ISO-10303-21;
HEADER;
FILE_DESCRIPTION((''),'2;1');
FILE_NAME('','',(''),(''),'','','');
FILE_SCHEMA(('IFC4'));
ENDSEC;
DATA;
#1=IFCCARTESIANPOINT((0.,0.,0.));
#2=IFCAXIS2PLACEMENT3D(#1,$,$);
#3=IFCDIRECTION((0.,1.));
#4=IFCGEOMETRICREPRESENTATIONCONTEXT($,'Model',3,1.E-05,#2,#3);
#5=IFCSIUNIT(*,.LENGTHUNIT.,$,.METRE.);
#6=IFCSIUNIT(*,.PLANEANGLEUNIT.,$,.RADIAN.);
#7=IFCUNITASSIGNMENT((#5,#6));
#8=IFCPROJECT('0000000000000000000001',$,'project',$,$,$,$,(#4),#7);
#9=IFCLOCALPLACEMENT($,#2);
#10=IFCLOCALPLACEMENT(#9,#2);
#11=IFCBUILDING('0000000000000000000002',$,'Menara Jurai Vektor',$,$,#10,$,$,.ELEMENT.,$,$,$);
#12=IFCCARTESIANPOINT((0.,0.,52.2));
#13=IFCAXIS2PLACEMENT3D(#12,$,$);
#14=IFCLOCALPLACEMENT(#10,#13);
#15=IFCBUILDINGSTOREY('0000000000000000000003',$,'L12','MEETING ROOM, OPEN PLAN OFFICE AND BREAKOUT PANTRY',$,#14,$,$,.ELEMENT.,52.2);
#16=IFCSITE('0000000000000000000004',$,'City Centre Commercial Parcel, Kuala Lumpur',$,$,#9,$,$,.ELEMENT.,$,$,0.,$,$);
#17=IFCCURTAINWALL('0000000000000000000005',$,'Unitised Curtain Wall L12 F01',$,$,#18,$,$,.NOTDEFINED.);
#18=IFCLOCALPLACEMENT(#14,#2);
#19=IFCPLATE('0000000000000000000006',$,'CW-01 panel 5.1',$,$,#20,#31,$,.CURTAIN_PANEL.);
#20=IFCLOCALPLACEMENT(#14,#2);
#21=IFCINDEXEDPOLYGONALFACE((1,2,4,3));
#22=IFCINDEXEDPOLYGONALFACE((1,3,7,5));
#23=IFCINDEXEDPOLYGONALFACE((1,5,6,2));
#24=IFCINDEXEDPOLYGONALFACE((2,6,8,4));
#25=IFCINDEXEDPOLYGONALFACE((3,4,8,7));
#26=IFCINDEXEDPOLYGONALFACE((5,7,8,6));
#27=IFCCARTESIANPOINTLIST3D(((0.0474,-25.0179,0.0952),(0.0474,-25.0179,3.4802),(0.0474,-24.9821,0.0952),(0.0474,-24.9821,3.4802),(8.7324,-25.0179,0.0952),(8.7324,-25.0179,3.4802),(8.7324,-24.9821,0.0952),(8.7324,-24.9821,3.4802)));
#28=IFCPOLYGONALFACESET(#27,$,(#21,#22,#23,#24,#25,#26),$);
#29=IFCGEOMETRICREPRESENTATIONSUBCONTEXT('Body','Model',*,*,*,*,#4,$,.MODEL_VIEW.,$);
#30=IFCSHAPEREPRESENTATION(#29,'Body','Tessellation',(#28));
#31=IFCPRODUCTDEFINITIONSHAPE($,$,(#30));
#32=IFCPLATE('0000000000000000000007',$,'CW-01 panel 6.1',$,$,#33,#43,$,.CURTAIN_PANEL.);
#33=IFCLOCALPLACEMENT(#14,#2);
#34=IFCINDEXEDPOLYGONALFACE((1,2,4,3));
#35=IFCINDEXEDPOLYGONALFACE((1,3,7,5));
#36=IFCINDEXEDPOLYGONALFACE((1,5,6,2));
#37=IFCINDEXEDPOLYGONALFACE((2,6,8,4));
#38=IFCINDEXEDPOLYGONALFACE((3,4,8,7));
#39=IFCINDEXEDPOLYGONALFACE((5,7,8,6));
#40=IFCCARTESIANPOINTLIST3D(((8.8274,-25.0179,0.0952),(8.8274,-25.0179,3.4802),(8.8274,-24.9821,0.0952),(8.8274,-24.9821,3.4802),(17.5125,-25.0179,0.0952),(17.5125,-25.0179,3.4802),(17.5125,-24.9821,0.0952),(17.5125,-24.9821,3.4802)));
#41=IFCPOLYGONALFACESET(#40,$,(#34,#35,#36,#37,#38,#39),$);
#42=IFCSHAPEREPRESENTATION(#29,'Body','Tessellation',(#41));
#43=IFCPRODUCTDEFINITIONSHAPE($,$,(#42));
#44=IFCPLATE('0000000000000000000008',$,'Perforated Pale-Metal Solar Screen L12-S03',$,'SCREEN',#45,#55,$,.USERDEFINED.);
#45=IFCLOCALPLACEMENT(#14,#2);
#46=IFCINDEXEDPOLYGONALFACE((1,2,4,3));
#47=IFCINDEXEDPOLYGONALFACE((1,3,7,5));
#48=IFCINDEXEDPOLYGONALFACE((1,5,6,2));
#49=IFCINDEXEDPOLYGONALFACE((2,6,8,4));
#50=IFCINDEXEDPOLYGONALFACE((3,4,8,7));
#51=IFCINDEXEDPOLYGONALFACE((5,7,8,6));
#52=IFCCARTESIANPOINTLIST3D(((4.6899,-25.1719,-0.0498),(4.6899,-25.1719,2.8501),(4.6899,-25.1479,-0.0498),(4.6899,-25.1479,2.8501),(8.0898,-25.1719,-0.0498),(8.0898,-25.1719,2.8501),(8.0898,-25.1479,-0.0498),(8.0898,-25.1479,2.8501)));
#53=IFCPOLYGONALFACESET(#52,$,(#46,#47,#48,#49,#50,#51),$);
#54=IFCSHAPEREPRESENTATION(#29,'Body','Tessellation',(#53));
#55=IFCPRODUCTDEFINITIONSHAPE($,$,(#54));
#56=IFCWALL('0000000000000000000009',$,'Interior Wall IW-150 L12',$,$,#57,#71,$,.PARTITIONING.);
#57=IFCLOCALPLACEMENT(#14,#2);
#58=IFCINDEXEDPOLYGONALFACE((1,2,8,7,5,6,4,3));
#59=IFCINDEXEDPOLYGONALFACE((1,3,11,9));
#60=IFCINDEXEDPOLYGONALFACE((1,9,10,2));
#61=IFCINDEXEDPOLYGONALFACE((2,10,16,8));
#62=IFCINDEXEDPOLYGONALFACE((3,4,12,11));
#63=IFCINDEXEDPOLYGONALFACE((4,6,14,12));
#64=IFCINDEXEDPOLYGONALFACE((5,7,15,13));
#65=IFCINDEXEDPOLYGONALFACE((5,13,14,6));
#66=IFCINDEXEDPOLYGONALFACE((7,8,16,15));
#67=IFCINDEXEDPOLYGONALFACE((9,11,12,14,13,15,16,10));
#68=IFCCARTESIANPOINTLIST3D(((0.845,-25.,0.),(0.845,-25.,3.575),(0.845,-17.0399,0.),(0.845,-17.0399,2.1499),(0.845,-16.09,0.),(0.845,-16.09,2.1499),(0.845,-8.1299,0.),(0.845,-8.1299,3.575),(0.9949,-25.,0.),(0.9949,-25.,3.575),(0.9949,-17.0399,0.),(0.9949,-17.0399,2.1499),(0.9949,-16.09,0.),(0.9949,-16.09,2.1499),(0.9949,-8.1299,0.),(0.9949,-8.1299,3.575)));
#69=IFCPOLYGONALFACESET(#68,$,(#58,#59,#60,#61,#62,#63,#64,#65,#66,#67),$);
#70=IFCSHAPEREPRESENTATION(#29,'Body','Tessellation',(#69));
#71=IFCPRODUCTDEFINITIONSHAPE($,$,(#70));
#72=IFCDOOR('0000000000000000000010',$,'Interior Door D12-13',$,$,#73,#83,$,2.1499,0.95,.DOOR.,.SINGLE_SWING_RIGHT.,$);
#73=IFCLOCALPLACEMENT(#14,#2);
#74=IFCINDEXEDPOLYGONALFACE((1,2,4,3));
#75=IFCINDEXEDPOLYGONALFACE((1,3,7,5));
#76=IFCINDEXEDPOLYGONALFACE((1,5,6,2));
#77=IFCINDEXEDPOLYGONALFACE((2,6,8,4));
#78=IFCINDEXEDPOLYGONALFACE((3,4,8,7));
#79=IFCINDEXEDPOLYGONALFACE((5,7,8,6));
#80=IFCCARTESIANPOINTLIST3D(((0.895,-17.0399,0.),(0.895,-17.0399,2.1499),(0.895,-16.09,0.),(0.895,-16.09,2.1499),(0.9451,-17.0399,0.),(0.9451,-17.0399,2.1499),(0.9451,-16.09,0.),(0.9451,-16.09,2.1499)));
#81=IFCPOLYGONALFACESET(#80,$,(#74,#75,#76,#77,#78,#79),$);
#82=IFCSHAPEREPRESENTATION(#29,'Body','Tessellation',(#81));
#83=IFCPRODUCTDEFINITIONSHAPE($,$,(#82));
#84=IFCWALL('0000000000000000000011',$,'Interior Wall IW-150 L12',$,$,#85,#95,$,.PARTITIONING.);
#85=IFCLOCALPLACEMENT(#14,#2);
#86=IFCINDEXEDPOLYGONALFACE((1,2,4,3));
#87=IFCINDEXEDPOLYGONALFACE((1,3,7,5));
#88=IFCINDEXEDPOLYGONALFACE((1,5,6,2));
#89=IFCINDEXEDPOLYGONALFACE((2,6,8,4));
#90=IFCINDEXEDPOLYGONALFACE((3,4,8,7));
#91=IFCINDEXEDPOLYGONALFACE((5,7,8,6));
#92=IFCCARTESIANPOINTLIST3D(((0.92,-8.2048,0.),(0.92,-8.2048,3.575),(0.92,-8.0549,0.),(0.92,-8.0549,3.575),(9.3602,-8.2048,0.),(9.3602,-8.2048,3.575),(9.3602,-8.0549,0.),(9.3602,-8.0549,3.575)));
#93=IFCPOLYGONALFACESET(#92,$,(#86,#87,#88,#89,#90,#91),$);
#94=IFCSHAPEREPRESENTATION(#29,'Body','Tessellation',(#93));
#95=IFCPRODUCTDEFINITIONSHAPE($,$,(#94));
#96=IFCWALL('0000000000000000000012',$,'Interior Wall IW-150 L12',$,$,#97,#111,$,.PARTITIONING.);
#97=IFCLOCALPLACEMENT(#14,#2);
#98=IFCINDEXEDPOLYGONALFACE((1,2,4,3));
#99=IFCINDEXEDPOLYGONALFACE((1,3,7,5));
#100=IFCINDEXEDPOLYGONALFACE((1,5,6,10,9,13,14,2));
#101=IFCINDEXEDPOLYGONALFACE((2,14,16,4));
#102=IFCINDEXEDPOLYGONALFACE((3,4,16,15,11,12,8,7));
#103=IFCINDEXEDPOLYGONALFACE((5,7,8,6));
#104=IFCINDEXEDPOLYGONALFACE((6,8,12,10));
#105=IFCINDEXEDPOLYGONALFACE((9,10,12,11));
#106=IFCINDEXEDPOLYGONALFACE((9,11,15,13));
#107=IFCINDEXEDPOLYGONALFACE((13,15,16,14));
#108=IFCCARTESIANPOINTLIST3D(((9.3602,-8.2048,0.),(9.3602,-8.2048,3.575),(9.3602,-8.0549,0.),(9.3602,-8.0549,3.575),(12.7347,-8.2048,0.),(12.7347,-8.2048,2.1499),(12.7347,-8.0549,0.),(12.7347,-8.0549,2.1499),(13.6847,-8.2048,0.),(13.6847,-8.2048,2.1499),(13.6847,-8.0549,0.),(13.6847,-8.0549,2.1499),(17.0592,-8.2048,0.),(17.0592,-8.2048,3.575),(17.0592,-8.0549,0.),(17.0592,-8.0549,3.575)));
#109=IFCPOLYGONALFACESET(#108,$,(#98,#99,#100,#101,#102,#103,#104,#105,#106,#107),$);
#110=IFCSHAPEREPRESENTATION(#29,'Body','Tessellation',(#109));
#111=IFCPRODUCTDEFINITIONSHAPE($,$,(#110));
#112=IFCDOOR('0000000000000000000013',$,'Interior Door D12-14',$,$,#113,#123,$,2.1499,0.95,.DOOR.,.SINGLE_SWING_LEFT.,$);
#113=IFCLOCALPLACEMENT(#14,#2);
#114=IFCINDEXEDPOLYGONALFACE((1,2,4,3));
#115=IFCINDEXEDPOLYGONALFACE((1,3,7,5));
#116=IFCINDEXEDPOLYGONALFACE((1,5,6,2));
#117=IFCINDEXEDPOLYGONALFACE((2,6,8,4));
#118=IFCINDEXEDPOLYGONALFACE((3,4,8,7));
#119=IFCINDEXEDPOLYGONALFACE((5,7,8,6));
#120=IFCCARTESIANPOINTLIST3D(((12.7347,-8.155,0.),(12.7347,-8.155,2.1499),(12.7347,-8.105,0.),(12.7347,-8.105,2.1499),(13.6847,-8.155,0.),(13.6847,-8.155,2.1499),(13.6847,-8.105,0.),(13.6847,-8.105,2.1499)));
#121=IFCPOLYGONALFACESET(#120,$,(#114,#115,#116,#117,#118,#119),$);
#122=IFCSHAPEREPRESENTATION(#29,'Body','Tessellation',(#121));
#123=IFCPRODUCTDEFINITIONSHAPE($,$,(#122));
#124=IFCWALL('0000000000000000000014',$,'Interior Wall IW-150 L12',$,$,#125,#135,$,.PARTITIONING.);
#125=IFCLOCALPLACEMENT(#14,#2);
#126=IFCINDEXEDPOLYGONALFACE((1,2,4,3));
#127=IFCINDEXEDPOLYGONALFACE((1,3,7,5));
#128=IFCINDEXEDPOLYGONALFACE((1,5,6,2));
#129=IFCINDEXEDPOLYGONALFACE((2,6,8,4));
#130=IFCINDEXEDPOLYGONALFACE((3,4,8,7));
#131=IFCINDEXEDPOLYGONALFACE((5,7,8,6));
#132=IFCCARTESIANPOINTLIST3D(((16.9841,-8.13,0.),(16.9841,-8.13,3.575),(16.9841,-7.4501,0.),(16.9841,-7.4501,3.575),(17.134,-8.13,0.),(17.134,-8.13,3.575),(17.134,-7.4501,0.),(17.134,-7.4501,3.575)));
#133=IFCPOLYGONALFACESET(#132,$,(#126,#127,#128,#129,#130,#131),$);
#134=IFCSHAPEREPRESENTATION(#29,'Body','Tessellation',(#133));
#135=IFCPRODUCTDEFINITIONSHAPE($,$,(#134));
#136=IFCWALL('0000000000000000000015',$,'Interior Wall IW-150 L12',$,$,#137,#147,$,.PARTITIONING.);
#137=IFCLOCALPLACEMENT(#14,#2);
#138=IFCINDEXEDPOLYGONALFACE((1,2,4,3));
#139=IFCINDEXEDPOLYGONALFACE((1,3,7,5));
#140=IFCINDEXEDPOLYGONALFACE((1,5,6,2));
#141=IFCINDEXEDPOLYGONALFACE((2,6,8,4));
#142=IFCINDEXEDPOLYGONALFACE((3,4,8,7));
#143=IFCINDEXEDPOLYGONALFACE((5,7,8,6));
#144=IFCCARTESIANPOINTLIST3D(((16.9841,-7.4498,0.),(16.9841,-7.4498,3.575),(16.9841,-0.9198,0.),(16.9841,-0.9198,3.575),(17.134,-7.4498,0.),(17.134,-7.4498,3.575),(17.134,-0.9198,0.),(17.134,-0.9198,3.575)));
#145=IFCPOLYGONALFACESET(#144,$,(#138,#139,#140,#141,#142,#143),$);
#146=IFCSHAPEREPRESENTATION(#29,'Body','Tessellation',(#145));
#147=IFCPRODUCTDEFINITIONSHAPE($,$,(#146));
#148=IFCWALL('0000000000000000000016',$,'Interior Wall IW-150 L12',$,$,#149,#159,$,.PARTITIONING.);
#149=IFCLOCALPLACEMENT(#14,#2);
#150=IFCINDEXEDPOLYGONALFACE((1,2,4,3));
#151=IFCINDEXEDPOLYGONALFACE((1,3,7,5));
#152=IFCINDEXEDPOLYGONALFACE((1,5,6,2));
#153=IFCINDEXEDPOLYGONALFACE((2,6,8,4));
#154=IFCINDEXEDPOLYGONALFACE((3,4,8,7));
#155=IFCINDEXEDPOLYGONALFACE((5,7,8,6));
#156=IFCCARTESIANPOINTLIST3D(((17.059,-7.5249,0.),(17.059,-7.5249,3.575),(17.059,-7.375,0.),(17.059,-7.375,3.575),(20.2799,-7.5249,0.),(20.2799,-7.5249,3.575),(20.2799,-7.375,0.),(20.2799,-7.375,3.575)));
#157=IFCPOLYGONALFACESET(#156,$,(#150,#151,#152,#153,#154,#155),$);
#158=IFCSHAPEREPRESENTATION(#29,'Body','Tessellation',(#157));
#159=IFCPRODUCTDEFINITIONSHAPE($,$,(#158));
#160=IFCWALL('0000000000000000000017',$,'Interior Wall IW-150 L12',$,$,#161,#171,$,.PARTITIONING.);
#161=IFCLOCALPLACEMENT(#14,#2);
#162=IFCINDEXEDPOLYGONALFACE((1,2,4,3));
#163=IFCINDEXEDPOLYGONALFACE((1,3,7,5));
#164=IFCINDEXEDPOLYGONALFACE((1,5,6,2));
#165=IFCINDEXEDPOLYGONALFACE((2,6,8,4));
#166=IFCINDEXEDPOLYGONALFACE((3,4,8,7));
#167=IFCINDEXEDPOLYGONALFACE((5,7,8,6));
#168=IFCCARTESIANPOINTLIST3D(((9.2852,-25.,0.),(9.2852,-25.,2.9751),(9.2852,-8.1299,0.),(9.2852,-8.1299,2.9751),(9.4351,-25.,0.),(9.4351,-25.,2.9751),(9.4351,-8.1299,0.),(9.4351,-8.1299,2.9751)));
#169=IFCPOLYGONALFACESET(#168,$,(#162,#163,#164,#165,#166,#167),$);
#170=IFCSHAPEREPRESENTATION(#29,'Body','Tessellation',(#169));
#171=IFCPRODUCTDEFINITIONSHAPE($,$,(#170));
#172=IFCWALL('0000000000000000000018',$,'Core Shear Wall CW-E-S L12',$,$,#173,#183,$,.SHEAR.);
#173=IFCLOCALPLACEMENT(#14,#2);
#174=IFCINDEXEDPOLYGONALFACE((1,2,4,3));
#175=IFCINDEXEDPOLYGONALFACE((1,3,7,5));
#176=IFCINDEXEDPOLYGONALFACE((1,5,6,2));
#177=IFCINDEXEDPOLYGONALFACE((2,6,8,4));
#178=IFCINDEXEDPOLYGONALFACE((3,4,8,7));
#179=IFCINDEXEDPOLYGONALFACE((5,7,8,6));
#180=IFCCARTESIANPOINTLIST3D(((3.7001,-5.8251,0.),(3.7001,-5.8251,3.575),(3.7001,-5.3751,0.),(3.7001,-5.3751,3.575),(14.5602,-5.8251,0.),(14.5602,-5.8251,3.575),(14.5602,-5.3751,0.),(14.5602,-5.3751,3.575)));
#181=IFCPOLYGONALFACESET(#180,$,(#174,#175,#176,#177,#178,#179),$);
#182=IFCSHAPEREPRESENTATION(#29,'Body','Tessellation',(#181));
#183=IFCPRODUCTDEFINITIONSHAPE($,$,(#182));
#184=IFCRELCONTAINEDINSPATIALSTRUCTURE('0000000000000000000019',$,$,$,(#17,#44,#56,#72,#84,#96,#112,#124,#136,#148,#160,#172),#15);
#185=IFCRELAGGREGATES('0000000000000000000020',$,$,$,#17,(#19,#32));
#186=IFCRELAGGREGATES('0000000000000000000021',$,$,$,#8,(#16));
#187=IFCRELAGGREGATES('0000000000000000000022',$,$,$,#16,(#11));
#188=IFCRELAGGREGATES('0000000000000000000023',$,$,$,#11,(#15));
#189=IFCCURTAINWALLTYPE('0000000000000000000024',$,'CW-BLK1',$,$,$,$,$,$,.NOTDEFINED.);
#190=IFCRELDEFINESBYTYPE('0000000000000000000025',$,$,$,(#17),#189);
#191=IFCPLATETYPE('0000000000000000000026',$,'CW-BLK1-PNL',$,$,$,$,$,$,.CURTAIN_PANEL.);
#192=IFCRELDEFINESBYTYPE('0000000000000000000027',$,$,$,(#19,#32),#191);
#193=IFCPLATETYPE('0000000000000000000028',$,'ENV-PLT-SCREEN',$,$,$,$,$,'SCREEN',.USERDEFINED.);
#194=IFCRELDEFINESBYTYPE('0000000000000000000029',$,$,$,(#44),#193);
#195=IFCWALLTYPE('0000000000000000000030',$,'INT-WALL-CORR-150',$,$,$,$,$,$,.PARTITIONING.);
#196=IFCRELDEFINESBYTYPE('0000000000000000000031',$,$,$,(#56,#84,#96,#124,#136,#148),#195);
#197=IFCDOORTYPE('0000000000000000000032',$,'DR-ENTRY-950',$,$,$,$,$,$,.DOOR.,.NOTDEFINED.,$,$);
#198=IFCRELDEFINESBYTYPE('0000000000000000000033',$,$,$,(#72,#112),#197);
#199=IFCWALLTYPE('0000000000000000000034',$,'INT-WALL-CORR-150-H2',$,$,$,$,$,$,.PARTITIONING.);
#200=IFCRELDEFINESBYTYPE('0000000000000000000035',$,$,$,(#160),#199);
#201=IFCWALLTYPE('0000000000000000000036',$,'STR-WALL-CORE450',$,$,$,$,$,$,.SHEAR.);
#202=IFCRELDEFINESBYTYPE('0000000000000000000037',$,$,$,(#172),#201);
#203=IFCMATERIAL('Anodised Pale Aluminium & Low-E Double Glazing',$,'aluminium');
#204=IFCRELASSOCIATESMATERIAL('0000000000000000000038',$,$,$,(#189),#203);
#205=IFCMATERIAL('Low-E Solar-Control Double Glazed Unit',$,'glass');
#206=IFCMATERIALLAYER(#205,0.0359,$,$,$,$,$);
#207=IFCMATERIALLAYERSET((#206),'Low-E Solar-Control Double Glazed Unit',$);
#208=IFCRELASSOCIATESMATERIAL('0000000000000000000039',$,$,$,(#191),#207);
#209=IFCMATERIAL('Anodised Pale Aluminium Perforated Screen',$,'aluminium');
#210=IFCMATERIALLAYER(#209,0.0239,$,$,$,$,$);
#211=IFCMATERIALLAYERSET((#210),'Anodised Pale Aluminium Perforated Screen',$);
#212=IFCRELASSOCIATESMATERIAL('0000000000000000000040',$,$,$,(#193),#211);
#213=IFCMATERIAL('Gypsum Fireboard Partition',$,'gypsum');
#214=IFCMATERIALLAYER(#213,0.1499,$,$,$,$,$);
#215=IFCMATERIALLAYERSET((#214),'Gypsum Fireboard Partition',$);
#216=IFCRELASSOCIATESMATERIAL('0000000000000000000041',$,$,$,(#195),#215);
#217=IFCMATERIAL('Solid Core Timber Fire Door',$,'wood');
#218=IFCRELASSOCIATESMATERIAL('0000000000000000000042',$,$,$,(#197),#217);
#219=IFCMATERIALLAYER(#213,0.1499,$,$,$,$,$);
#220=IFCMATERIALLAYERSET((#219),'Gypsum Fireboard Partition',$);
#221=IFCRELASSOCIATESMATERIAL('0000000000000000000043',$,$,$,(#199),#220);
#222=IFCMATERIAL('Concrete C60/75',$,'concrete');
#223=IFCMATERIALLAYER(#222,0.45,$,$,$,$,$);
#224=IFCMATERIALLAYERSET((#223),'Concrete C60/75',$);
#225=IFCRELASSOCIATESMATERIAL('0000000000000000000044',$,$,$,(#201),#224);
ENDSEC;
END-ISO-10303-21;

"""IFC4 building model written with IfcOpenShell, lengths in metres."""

from ifc_helpers import new_model, si_unit, direction, frame, frame_2d, origin, origin_2d, place, context, subcontext, project, spatial, rectangle, extrude, material, layer, layer_set, type_object, element, fill, aggregate, save


model = new_model("IFC4")

# Units and contexts
model_context = context("Model", 3, precision=1e-05, world=origin(), true_north=direction((0.0, 1.0)))
body_context = subcontext(model_context, "Body", "Model", "MODEL_VIEW")
ifc_project = project(units=[si_unit("LENGTHUNIT", "METRE"), si_unit("PLANEANGLEUNIT", "RADIAN")], contexts=[model_context])

# Site, building, storey
site_placement = place(None, origin())
site = spatial("IfcSite", under=ifc_project, at=site_placement, Name="City Centre Commercial Parcel, Kuala Lumpur", CompositionType="ELEMENT", RefElevation=0.0)
building_placement = place(site_placement, origin())
building = spatial("IfcBuilding", under=site, at=building_placement, Name="Menara Jurai Vektor", CompositionType="ELEMENT")
storey_placement = place(building_placement, frame((0.0, 0.0, 52.2)))
storey = spatial("IfcBuildingStorey", under=building, at=storey_placement, Name="L12", Description="MEETING ROOM, OPEN PLAN OFFICE AND BREAKOUT PANTRY", CompositionType="ELEMENT", Elevation=52.2)

# Shared definitions
ifc_material_1 = material(Name="Concrete C60/75", Category="concrete")

# Curtain wall
ifc_material_2 = material(Name="Anodised Pale Aluminium & Low-E Double Glazing", Category="aluminium")
curtain_wall_type = type_object("IfcCurtainWallType", Name="CW-BLK1", PredefinedType="NOTDEFINED", material=ifc_material_2)
curtain_wall_placement = place(storey_placement, origin())
curtain_wall = element("IfcCurtainWall", 1, at=curtain_wall_placement, inside=storey, type_object=curtain_wall_type, Name="Unitised Curtain Wall L12 F01", PredefinedType="NOTDEFINED")

# Plates
ifc_material_3 = material(Name="Low-E Solar-Control Double Glazed Unit", Category="glass")
ifc_layer_1 = layer(ifc_material_3, 0.0359)
ifc_layer_set_1 = layer_set([ifc_layer_1], Name="Low-E Solar-Control Double Glazed Unit")
plate_type_1 = type_object("IfcPlateType", Name="CW-BLK1-PNL", PredefinedType="CURTAIN_PANEL", material=ifc_layer_set_1)
plate_1_placement = place(storey_placement, frame((4.3899, -25.0, 0.0952), z_axis=(0.0, 0.0, 1.0), x_axis=(1.0, 0.0, 0.0)))
plate_1 = element("IfcPlate", 2, at=plate_1_placement, type_object=plate_type_1, Name="CW-01 panel 5.1", PredefinedType="CURTAIN_PANEL", context=body_context, shape_type="SweptSolid", body=[
    extrude(rectangle(XDim=8.6851, YDim=0.0359, at=origin_2d()), origin(), (0.0, 0.0, 1.0), 3.385),
])
plate_2_placement = place(storey_placement, frame((13.1699, -25.0, 0.0952), z_axis=(0.0, 0.0, 1.0), x_axis=(1.0, 0.0, 0.0)))
plate_2 = element("IfcPlate", 3, at=plate_2_placement, type_object=plate_type_1, Name="CW-01 panel 6.1", PredefinedType="CURTAIN_PANEL", context=body_context, shape_type="SweptSolid", body=[
    extrude(rectangle(XDim=8.6851, YDim=0.0359, at=origin_2d()), origin(), (0.0, 0.0, 1.0), 3.385),
])
aggregate(curtain_wall, [plate_1, plate_2])
ifc_material_4 = material(Name="Anodised Pale Aluminium Perforated Screen", Category="aluminium")
ifc_layer_2 = layer(ifc_material_4, 0.0239)
ifc_layer_set_2 = layer_set([ifc_layer_2], Name="Anodised Pale Aluminium Perforated Screen")
plate_type_2 = type_object("IfcPlateType", Name="ENV-PLT-SCREEN", ElementType="SCREEN", PredefinedType="USERDEFINED", material=ifc_layer_set_2)
plate_3_placement = place(storey_placement, frame((6.3899, -25.1599, -0.0498), z_axis=(0.0, 0.0, 1.0), x_axis=(1.0, 0.0, 0.0)))
element("IfcPlate", 4, at=plate_3_placement, inside=storey, type_object=plate_type_2, Name="Perforated Pale-Metal Solar Screen L12-S03", ObjectType="SCREEN", PredefinedType="USERDEFINED", context=body_context, shape_type="SweptSolid", body=[
    extrude(rectangle(XDim=3.3999, YDim=0.0239, at=origin_2d()), origin(), (0.0, 0.0, 1.0), 2.8999),
])

# Wall, opening, door
ifc_material_5 = material(Name="Gypsum Fireboard Partition", Category="gypsum")
ifc_layer_3 = layer(ifc_material_5, 0.1499)
ifc_layer_set_3 = layer_set([ifc_layer_3], Name="Gypsum Fireboard Partition")
wall_type_1 = type_object("IfcWallType", Name="INT-WALL-CORR-150", PredefinedType="PARTITIONING", material=ifc_layer_set_3)
wall_1_placement = place(storey_placement, frame((0.9199, -25.0, 0.0), z_axis=(0.0, 0.0, 1.0), x_axis=(0.0, 1.0, 0.0)))
wall_1 = element("IfcWall", 5, at=wall_1_placement, inside=storey, type_object=wall_type_1, Name="Interior Wall IW-150 L12", PredefinedType="PARTITIONING", context=body_context, shape_type="SweptSolid", body=[
    extrude(rectangle(XDim=16.8701, YDim=0.1499, at=frame_2d((8.4351, 0.0))), origin(), (0.0, 0.0, 1.0), 3.575),
])
opening_1_placement = place(wall_1_placement, frame((7.96, 0.0, 0.0)))
opening_1 = element("IfcOpeningElement", 6, at=opening_1_placement, cuts=wall_1, PredefinedType="OPENING", context=body_context, shape_type="SweptSolid", body=[
    extrude(rectangle(XDim=0.95, YDim=2.1499, at=frame_2d((0.4751, 1.075))), frame((0.0, 0.085, 0.0), z_axis=(0.0, -1.0, 0.0), x_axis=(1.0, 0.0, 0.0)), (0.0, 0.0, 1.0), 0.1699),
])
ifc_material_6 = material(Name="Solid Core Timber Fire Door", Category="wood")
door_type = type_object("IfcDoorType", Name="DR-ENTRY-950", OperationType="NOTDEFINED", PredefinedType="DOOR", material=ifc_material_6)
door_1_placement = place(opening_1_placement, origin())
door_1 = element("IfcDoor", 7, at=door_1_placement, inside=storey, type_object=door_type, Name="Interior Door D12-13", OperationType="SINGLE_SWING_RIGHT", OverallHeight=2.1499, OverallWidth=0.95, PredefinedType="DOOR", context=body_context, shape_type="SweptSolid", body=[
    extrude(rectangle(XDim=0.95, YDim=2.1499, at=frame_2d((0.4751, 1.075))), frame((0.0, 0.0249, 0.0), z_axis=(0.0, -1.0, 0.0), x_axis=(1.0, 0.0, 0.0)), (0.0, 0.0, 1.0), 0.05),
])
fill(opening_1, door_1)

# Wall
wall_2_placement = place(storey_placement, frame((0.9199, -8.1299, 0.0), z_axis=(0.0, 0.0, 1.0), x_axis=(1.0, 0.0, 0.0)))
element("IfcWall", 8, at=wall_2_placement, inside=storey, type_object=wall_type_1, Name="Interior Wall IW-150 L12", PredefinedType="PARTITIONING", context=body_context, shape_type="SweptSolid", body=[
    extrude(rectangle(XDim=8.4402, YDim=0.1499, at=frame_2d((4.2202, 0.0))), origin(), (0.0, 0.0, 1.0), 3.575),
])

# Wall, opening, door
wall_3_placement = place(storey_placement, frame((9.3601, -8.1299, 0.0), z_axis=(0.0, 0.0, 1.0), x_axis=(1.0, 0.0, 0.0)))
wall_3 = element("IfcWall", 9, at=wall_3_placement, inside=storey, type_object=wall_type_1, Name="Interior Wall IW-150 L12", PredefinedType="PARTITIONING", context=body_context, shape_type="SweptSolid", body=[
    extrude(rectangle(XDim=7.699, YDim=0.1499, at=frame_2d((3.8496, 0.0))), origin(), (0.0, 0.0, 1.0), 3.575),
])
opening_2_placement = place(wall_3_placement, frame((3.3745, 0.0, 0.0)))
opening_2 = element("IfcOpeningElement", 10, at=opening_2_placement, cuts=wall_3, PredefinedType="OPENING", context=body_context, shape_type="SweptSolid", body=[
    extrude(rectangle(XDim=0.95, YDim=2.1499, at=frame_2d((0.4751, 1.075))), frame((0.0, 0.085, 0.0), z_axis=(0.0, -1.0, 0.0), x_axis=(1.0, 0.0, 0.0)), (0.0, 0.0, 1.0), 0.1699),
])
door_2_placement = place(opening_2_placement, origin())
door_2 = element("IfcDoor", 11, at=door_2_placement, inside=storey, type_object=door_type, Name="Interior Door D12-14", OperationType="SINGLE_SWING_LEFT", OverallHeight=2.1499, OverallWidth=0.95, PredefinedType="DOOR", context=body_context, shape_type="SweptSolid", body=[
    extrude(rectangle(XDim=0.95, YDim=2.1499, at=frame_2d((0.4751, 1.075))), frame((0.0, 0.0249, 0.0), z_axis=(0.0, -1.0, 0.0), x_axis=(1.0, 0.0, 0.0)), (0.0, 0.0, 1.0), 0.05),
])
fill(opening_2, door_2)

# Walls
wall_4_placement = place(storey_placement, frame((17.0591, -8.1299, 0.0), z_axis=(0.0, 0.0, 1.0), x_axis=(0.0, 1.0, 0.0)))
element("IfcWall", 12, at=wall_4_placement, inside=storey, type_object=wall_type_1, Name="Interior Wall IW-150 L12", PredefinedType="PARTITIONING", context=body_context, shape_type="SweptSolid", body=[
    extrude(rectangle(XDim=0.6799, YDim=0.1499, at=frame_2d((0.3398, 0.0))), origin(), (0.0, 0.0, 1.0), 3.575),
])
wall_5_placement = place(storey_placement, frame((17.0591, -7.45, 0.0), z_axis=(0.0, 0.0, 1.0), x_axis=(0.0, 1.0, 0.0)))
element("IfcWall", 13, at=wall_5_placement, inside=storey, type_object=wall_type_1, Name="Interior Wall IW-150 L12", PredefinedType="PARTITIONING", context=body_context, shape_type="SweptSolid", body=[
    extrude(rectangle(XDim=6.53, YDim=0.1499, at=frame_2d((3.2651, 0.0))), origin(), (0.0, 0.0, 1.0), 3.575),
])
wall_6_placement = place(storey_placement, frame((17.0591, -7.45, 0.0), z_axis=(0.0, 0.0, 1.0), x_axis=(1.0, 0.0, 0.0)))
element("IfcWall", 14, at=wall_6_placement, inside=storey, type_object=wall_type_1, Name="Interior Wall IW-150 L12", PredefinedType="PARTITIONING", context=body_context, shape_type="SweptSolid", body=[
    extrude(rectangle(XDim=3.2209, YDim=0.1499, at=frame_2d((1.6104, 0.0))), origin(), (0.0, 0.0, 1.0), 3.575),
])
ifc_layer_4 = layer(ifc_material_5, 0.1499)
ifc_layer_set_4 = layer_set([ifc_layer_4], Name="Gypsum Fireboard Partition")
wall_type_2 = type_object("IfcWallType", Name="INT-WALL-CORR-150-H2", PredefinedType="PARTITIONING", material=ifc_layer_set_4)
wall_7_placement = place(storey_placement, frame((9.3601, -25.0, 0.0), z_axis=(0.0, 0.0, 1.0), x_axis=(0.0, 1.0, 0.0)))
element("IfcWall", 15, at=wall_7_placement, inside=storey, type_object=wall_type_2, Name="Interior Wall IW-150 L12", PredefinedType="PARTITIONING", context=body_context, shape_type="SweptSolid", body=[
    extrude(rectangle(XDim=16.8701, YDim=0.1499, at=frame_2d((8.4351, 0.0))), origin(), (0.0, 0.0, 1.0), 2.9751),
])
ifc_layer_5 = layer(ifc_material_1, 0.45)
ifc_layer_set_5 = layer_set([ifc_layer_5], Name="Concrete C60/75")
wall_type_3 = type_object("IfcWallType", Name="STR-WALL-CORE450", PredefinedType="SHEAR", material=ifc_layer_set_5)
wall_8_placement = place(storey_placement, frame((3.7, -5.6001, 0.0), z_axis=(0.0, 0.0, 1.0), x_axis=(1.0, 0.0, 0.0)))
element("IfcWall", 16, at=wall_8_placement, inside=storey, type_object=wall_type_3, Name="Core Shear Wall CW-E-S L12", PredefinedType="SHEAR", context=body_context, shape_type="SweptSolid", body=[
    extrude(rectangle(XDim=10.8601, YDim=0.45, at=frame_2d((5.4302, 0.0))), origin(), (0.0, 0.0, 1.0), 3.575),
])

save(model, "model.ifc")
